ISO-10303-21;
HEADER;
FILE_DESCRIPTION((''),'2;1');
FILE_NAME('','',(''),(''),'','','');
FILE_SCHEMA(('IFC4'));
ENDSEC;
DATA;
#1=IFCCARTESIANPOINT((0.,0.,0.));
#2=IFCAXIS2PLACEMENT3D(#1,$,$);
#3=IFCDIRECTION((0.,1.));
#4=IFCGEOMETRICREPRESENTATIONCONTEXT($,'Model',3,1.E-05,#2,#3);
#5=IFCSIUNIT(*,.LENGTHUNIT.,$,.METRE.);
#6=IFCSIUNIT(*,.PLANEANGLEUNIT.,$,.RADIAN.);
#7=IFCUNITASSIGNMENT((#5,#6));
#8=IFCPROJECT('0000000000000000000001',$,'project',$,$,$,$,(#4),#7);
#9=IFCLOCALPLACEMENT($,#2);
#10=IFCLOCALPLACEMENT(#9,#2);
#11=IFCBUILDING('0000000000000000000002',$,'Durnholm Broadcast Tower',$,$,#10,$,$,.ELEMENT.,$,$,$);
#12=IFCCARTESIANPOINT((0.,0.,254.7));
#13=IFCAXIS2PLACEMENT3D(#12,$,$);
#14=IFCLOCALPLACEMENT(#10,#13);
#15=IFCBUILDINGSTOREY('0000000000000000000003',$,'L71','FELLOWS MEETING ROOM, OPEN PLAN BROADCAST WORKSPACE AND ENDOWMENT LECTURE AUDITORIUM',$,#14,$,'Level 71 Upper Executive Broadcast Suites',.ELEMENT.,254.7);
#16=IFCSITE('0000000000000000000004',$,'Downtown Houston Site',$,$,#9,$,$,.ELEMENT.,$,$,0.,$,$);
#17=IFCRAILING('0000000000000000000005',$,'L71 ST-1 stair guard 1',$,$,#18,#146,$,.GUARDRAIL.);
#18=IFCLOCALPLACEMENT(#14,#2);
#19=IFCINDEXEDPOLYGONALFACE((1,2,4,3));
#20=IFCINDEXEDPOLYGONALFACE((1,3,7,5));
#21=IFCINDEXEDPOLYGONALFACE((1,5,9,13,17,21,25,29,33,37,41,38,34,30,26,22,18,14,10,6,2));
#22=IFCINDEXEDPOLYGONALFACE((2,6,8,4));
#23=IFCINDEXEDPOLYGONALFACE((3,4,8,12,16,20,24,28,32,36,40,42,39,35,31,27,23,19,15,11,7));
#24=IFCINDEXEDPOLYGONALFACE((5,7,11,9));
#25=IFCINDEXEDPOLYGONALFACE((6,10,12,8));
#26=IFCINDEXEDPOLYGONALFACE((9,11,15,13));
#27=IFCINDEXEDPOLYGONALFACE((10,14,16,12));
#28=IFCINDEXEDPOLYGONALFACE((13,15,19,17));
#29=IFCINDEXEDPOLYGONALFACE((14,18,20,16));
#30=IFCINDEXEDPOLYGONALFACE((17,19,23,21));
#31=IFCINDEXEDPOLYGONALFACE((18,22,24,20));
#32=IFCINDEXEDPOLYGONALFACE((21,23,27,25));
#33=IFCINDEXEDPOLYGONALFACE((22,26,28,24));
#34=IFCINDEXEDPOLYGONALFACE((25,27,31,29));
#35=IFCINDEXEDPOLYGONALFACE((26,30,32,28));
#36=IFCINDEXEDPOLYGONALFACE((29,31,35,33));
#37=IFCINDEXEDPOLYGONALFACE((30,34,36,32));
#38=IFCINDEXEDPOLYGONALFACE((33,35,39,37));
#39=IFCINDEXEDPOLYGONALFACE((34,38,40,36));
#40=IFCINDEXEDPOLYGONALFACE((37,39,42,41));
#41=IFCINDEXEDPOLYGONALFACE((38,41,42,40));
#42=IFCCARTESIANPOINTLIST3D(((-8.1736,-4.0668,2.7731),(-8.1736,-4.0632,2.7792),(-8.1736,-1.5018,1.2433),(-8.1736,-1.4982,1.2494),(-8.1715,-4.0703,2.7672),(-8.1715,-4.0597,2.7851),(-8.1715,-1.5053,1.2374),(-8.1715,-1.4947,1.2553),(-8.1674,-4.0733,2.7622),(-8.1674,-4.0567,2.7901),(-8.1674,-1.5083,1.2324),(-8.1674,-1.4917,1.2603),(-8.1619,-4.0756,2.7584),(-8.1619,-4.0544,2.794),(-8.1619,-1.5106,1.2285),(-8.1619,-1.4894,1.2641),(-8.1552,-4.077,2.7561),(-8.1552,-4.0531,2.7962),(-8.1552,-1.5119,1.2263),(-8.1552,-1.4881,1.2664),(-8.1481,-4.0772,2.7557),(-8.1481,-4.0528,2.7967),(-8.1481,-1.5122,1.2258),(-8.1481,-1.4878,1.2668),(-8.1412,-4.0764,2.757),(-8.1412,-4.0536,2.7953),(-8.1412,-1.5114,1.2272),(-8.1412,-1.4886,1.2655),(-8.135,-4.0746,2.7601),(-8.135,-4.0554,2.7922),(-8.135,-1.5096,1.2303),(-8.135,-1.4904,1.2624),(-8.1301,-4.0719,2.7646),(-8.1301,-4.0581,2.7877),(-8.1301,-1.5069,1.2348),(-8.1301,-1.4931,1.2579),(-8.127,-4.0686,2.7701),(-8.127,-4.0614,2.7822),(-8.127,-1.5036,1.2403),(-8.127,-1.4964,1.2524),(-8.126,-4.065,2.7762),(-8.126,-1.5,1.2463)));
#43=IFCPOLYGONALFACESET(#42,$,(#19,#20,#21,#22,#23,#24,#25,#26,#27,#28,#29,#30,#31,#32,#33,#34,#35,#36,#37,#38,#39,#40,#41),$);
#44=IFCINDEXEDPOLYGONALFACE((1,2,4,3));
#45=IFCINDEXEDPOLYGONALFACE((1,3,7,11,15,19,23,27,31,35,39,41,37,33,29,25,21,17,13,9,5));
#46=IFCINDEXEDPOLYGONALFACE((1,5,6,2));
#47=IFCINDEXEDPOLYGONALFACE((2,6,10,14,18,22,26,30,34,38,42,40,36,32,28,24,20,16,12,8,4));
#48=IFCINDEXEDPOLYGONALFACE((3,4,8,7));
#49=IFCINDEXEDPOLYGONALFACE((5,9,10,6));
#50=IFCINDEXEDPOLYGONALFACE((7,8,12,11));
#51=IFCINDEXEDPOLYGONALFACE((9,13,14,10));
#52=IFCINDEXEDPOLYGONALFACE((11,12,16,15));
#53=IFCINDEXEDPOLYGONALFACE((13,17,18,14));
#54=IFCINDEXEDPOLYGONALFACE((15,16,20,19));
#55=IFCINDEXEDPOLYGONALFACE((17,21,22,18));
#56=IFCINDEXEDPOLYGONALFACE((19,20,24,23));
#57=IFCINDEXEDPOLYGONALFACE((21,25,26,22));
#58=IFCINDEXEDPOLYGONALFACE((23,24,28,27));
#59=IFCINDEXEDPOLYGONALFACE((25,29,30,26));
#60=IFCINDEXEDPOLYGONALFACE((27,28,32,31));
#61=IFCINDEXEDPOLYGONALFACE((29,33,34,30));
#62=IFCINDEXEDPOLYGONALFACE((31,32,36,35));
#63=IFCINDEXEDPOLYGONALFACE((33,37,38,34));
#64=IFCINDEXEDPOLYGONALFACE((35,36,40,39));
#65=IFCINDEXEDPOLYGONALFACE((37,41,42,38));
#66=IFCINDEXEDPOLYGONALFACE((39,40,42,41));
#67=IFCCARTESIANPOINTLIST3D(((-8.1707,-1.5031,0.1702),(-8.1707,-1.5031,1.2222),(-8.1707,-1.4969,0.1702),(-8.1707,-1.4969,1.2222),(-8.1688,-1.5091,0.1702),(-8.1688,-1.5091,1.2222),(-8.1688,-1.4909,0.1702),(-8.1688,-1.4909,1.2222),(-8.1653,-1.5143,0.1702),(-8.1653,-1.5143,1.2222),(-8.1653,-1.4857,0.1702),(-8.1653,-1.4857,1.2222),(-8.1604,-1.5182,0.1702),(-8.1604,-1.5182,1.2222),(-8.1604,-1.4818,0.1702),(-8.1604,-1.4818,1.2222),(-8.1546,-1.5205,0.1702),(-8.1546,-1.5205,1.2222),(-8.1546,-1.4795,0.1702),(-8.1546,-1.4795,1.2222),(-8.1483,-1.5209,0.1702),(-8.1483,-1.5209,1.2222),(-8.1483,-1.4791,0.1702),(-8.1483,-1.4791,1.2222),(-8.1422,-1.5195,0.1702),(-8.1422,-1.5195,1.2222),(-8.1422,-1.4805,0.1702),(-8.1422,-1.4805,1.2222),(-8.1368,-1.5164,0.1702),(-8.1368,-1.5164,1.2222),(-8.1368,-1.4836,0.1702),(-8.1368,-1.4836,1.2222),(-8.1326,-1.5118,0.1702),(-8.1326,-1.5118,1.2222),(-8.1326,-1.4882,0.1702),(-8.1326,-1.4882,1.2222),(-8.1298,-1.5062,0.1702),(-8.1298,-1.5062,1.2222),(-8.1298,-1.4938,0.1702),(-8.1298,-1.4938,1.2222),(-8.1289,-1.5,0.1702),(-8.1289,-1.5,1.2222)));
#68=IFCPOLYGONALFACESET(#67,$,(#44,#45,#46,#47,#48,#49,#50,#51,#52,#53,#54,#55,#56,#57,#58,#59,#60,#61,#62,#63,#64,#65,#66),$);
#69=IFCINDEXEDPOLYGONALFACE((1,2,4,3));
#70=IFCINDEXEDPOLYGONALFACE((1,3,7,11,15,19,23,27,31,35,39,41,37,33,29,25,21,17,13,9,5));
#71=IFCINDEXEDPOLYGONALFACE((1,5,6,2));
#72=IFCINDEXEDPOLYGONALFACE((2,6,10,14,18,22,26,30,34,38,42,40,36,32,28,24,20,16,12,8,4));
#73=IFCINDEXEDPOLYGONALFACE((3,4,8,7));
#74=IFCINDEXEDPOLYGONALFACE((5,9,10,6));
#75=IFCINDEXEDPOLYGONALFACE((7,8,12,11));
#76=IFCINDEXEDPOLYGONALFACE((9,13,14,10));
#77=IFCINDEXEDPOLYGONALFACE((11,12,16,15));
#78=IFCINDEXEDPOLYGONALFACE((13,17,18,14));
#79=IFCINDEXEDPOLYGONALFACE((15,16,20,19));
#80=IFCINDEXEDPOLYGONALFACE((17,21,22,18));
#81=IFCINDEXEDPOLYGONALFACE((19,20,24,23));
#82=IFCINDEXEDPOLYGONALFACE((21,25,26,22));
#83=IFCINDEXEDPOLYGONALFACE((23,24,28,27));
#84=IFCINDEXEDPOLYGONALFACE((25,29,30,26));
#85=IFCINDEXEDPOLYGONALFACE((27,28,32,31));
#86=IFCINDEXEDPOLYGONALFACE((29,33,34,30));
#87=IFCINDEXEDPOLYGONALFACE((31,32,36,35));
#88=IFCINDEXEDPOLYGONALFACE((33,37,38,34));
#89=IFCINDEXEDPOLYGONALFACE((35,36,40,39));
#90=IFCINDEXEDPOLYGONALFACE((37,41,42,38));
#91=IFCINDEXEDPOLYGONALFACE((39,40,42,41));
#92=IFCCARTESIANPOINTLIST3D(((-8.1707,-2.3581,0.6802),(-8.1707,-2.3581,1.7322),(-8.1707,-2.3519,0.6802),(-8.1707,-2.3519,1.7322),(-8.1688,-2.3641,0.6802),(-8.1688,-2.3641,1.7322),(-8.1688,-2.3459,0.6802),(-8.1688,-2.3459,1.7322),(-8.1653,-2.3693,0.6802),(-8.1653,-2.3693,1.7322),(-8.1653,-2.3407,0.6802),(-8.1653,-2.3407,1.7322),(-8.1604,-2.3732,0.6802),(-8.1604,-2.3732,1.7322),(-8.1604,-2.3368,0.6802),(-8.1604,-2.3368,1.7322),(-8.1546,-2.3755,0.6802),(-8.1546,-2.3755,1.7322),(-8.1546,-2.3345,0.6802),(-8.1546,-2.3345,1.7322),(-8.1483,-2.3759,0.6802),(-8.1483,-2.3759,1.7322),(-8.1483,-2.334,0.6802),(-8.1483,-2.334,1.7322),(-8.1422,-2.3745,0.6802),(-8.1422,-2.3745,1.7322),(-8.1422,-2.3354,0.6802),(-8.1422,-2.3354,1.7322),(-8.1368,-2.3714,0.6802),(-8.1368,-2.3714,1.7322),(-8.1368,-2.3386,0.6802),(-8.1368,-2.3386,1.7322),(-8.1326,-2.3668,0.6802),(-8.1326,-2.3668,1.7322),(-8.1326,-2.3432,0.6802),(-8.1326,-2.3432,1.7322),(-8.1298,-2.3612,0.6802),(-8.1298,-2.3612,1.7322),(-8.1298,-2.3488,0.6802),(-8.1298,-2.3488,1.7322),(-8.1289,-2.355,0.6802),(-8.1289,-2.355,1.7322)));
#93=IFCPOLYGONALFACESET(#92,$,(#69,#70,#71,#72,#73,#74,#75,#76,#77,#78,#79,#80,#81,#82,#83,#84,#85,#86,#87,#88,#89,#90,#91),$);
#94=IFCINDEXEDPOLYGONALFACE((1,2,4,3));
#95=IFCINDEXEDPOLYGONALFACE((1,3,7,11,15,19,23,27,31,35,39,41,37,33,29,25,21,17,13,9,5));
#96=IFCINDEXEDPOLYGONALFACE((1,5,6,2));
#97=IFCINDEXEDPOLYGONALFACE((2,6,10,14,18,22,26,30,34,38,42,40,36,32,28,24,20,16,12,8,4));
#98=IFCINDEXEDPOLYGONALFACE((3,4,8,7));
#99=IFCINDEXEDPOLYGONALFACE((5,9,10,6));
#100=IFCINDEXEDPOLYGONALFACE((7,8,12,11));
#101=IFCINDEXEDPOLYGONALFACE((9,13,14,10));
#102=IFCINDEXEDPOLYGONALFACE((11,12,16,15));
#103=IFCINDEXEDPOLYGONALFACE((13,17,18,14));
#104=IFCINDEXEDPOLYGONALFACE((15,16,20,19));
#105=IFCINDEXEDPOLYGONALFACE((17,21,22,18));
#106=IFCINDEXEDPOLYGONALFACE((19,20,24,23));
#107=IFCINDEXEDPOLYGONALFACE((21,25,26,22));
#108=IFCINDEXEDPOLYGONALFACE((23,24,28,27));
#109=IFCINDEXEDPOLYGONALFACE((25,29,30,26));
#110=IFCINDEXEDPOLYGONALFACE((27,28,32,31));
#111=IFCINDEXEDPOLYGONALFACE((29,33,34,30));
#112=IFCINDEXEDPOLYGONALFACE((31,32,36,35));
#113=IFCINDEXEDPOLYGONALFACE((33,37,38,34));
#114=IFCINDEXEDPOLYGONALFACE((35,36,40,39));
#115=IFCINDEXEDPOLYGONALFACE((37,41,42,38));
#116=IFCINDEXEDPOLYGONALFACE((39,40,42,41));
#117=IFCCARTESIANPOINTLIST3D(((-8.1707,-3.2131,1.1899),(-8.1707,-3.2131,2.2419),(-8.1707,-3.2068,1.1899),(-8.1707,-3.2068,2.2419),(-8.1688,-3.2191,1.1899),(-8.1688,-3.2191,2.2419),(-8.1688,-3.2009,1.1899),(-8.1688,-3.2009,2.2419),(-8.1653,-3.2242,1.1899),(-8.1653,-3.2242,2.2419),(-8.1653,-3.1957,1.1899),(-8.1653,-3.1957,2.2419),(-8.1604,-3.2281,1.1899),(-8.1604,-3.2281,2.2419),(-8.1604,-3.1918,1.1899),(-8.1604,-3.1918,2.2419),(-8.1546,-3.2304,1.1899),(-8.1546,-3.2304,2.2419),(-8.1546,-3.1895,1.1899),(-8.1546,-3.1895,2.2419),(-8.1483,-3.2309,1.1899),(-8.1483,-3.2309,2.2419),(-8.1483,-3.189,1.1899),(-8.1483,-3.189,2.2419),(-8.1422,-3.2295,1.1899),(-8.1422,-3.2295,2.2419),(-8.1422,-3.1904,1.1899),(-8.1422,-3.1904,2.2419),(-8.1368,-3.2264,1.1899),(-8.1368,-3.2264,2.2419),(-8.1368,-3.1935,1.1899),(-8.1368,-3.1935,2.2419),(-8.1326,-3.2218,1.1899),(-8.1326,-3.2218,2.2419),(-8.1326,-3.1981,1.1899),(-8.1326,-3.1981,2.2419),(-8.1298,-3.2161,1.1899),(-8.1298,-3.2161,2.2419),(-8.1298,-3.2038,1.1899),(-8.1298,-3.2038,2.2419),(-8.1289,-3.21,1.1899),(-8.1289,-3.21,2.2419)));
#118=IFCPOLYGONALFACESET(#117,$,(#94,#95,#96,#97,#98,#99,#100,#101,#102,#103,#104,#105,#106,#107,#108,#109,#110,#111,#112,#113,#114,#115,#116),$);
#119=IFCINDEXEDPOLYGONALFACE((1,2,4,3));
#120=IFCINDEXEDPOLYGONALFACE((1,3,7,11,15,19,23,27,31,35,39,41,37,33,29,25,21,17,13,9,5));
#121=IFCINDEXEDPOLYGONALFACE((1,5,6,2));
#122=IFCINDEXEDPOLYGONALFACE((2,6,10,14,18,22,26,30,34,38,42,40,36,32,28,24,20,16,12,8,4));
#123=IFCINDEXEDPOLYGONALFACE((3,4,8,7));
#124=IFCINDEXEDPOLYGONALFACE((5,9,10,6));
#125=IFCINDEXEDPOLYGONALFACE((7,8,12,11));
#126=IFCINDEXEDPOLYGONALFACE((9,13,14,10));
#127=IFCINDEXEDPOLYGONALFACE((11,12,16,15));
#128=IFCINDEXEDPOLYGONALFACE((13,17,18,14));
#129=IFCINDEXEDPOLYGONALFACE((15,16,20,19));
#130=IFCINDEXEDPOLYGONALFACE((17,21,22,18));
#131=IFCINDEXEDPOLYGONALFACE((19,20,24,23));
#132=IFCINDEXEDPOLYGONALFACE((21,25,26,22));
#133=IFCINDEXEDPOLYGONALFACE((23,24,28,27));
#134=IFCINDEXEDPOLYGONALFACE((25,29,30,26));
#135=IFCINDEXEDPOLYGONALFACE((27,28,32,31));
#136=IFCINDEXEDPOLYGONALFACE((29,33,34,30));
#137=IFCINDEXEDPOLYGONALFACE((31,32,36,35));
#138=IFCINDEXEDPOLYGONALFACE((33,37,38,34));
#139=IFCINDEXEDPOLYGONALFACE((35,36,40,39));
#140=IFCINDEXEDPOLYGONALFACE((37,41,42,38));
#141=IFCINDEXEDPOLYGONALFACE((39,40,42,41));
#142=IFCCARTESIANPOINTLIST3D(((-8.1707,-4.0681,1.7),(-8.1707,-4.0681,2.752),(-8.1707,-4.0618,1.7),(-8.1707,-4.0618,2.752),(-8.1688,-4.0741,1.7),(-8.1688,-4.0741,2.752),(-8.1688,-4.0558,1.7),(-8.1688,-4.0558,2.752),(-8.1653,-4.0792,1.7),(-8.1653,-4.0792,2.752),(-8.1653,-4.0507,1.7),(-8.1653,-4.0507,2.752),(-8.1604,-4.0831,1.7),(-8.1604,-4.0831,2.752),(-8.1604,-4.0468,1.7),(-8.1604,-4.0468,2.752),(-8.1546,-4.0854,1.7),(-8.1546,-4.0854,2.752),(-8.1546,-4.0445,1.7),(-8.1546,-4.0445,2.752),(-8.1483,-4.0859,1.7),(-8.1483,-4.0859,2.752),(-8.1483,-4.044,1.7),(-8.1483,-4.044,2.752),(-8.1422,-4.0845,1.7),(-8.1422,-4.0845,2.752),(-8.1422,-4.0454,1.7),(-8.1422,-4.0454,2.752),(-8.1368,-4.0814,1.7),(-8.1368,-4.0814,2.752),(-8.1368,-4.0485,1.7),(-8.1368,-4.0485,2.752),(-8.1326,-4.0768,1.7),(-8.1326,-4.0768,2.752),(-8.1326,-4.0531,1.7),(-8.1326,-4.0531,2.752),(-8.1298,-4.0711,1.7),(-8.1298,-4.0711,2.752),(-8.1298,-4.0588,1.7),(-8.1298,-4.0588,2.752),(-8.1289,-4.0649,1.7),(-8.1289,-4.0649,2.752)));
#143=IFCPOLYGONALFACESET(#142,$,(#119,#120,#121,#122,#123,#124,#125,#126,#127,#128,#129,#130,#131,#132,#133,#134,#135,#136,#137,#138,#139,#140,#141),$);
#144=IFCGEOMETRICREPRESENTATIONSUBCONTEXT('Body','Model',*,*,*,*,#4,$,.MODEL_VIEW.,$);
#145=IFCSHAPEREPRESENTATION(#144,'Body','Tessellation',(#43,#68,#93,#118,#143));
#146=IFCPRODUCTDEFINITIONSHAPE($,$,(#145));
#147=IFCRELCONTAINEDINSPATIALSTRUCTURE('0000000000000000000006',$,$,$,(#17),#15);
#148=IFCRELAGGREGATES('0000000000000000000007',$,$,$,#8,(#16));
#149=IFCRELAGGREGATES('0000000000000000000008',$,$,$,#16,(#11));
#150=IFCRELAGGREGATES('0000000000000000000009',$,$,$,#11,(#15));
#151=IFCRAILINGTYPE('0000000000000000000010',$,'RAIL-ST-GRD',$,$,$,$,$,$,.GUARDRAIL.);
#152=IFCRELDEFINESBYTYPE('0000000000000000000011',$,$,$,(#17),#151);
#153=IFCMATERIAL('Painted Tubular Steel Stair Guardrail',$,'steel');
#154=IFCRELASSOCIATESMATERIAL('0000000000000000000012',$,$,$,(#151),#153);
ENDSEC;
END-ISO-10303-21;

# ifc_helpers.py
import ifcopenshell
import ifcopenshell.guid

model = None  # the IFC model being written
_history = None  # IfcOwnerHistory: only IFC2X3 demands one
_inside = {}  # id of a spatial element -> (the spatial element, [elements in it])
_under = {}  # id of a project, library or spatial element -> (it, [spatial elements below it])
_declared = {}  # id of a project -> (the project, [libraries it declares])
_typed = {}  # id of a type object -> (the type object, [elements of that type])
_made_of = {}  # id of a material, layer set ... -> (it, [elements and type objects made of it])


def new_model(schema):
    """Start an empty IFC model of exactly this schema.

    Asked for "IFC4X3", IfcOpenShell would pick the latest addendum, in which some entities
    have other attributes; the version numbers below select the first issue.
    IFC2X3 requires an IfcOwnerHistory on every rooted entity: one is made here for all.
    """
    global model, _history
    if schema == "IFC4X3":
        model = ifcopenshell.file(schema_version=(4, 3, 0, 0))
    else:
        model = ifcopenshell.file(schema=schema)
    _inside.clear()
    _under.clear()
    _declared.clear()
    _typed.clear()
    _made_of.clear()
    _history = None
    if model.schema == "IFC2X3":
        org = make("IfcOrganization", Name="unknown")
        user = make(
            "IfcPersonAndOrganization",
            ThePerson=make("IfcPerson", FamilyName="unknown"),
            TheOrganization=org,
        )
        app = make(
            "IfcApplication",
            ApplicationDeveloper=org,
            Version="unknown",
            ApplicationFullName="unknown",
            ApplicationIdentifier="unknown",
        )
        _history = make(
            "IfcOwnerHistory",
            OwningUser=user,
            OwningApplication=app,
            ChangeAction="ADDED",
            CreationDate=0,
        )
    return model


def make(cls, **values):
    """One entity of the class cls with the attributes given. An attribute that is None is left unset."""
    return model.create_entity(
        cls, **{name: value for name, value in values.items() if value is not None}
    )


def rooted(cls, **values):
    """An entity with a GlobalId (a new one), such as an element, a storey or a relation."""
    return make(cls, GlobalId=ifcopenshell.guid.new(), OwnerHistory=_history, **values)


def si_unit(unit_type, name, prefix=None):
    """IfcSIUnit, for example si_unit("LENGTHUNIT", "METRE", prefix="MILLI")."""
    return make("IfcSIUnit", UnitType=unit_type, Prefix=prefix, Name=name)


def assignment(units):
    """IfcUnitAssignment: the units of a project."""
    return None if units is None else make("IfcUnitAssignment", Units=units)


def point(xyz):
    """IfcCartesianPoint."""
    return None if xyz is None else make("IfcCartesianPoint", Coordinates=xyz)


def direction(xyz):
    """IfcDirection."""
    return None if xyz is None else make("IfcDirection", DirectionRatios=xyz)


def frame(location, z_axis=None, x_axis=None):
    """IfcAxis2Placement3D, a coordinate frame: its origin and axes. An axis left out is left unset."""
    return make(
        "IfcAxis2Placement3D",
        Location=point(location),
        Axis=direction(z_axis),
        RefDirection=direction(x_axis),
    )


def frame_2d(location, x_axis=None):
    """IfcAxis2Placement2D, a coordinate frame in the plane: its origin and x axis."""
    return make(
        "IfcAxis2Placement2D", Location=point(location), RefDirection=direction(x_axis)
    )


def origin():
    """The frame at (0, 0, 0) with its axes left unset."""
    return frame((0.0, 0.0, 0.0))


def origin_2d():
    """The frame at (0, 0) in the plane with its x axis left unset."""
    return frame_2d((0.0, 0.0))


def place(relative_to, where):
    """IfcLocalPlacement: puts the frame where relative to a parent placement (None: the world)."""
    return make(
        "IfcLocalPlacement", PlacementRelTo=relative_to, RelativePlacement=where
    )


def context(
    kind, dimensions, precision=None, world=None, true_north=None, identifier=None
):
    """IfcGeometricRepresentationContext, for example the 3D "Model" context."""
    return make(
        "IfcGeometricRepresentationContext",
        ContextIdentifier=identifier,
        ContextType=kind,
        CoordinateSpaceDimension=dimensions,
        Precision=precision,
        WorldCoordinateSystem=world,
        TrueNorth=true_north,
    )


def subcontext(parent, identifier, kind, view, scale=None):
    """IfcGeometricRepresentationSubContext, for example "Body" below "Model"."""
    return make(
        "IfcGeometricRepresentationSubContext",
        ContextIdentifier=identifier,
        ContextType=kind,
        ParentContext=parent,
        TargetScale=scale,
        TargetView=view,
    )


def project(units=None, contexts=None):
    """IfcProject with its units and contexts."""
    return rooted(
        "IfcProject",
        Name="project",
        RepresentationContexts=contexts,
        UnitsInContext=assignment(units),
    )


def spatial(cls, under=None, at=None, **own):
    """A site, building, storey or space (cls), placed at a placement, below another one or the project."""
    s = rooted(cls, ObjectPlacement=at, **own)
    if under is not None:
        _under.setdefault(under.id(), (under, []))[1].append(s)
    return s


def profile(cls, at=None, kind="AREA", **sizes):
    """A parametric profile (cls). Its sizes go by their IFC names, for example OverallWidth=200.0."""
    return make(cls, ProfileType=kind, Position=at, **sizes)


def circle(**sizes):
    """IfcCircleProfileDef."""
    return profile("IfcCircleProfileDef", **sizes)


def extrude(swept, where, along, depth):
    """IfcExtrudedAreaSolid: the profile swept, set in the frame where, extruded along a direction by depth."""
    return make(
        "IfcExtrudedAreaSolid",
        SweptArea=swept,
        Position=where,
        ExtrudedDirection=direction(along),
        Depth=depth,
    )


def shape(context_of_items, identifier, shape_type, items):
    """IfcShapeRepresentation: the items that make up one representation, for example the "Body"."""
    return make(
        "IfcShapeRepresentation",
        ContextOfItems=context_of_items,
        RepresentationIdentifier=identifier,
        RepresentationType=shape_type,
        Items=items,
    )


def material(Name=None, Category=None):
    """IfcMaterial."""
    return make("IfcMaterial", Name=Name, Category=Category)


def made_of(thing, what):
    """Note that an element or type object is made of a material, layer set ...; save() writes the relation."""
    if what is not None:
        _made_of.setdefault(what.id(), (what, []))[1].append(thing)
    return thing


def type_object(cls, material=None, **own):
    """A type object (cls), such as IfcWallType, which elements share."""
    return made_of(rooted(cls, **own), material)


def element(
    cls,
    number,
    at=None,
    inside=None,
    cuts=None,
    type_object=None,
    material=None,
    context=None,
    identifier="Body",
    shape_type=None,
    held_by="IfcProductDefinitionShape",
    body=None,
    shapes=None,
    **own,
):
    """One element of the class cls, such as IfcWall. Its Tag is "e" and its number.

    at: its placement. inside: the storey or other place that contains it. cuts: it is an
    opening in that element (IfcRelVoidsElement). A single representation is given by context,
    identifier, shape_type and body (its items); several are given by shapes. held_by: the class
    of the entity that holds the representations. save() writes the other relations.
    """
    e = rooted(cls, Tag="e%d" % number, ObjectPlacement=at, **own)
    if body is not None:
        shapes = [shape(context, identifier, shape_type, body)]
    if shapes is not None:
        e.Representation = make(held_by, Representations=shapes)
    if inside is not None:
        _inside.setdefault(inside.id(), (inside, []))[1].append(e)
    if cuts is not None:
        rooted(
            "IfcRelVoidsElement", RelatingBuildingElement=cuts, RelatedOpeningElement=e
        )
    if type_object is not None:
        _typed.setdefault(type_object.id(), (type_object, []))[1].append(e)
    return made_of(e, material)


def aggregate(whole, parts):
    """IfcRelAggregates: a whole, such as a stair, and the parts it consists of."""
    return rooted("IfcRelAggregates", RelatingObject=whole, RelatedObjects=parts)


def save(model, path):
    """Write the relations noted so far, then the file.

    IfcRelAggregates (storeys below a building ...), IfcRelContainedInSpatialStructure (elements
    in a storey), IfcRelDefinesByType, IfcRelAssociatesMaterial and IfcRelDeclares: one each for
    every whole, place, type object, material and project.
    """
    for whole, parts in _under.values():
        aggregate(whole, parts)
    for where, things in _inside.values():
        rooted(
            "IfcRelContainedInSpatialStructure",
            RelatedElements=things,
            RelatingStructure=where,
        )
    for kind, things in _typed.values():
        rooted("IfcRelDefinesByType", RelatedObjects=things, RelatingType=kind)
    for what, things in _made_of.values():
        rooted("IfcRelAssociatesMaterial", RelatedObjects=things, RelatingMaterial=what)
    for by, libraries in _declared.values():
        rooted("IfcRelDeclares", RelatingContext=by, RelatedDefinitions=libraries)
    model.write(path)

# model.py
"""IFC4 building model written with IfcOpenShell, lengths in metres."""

from ifc_helpers import new_model, si_unit, direction, frame, origin, origin_2d, place, context, subcontext, project, spatial, circle, extrude, material, type_object, element, save


model = new_model("IFC4")

# Units and contexts
model_context = context("Model", 3, precision=1e-05, world=origin(), true_north=direction((0.0, 1.0)))
body_context = subcontext(model_context, "Body", "Model", "MODEL_VIEW")
ifc_project = project(units=[si_unit("LENGTHUNIT", "METRE"), si_unit("PLANEANGLEUNIT", "RADIAN")], contexts=[model_context])

# Site, building, storey
site_placement = place(None, origin())
site = spatial("IfcSite", under=ifc_project, at=site_placement, Name="Downtown Houston Site", CompositionType="ELEMENT", RefElevation=0.0)
building_placement = place(site_placement, origin())
building = spatial("IfcBuilding", under=site, at=building_placement, Name="Durnholm Broadcast Tower", CompositionType="ELEMENT")
storey_placement = place(building_placement, frame((0.0, 0.0, 254.7)))
storey = spatial("IfcBuildingStorey", under=building, at=storey_placement, Name="L71", Description="FELLOWS MEETING ROOM, OPEN PLAN BROADCAST WORKSPACE AND ENDOWMENT LECTURE AUDITORIUM", LongName="Level 71 Upper Executive Broadcast Suites", CompositionType="ELEMENT", Elevation=254.7)

# Railing
ifc_material_1 = material(Name="Painted Tubular Steel Stair Guardrail", Category="steel")
railing_type_1 = type_object("IfcRailingType", Name="RAIL-ST-GRD", PredefinedType="GUARDRAIL", material=ifc_material_1)
railing_1_placement = place(storey_placement, frame((-8.1499, -1.5, 0.1702)))
element("IfcRailing", 1, at=railing_1_placement, inside=storey, type_object=railing_type_1, Name="L71 ST-1 stair guard 1", PredefinedType="GUARDRAIL", context=body_context, shape_type="SweptSolid", body=[
    extrude(circle(Radius=0.0239, at=origin_2d()), frame((0.0, 0.0, 1.0762), z_axis=(0.0, -0.858846, 0.512234), x_axis=(1.0, 0.0, 0.0)), (0.0, 0.0, 1.0), 2.9866),
    extrude(circle(Radius=0.021, at=origin_2d()), origin(), (0.0, 0.0, 1.0), 1.052),
    extrude(circle(Radius=0.021, at=origin_2d()), frame((0.0, -0.855, 0.51)), (0.0, 0.0, 1.0), 1.052),
    extrude(circle(Radius=0.021, at=origin_2d()), frame((0.0, -1.71, 1.0198)), (0.0, 0.0, 1.0), 1.052),
    extrude(circle(Radius=0.021, at=origin_2d()), frame((0.0, -2.5649, 1.5298)), (0.0, 0.0, 1.0), 1.052),
])

save(model, "model.ifc")
